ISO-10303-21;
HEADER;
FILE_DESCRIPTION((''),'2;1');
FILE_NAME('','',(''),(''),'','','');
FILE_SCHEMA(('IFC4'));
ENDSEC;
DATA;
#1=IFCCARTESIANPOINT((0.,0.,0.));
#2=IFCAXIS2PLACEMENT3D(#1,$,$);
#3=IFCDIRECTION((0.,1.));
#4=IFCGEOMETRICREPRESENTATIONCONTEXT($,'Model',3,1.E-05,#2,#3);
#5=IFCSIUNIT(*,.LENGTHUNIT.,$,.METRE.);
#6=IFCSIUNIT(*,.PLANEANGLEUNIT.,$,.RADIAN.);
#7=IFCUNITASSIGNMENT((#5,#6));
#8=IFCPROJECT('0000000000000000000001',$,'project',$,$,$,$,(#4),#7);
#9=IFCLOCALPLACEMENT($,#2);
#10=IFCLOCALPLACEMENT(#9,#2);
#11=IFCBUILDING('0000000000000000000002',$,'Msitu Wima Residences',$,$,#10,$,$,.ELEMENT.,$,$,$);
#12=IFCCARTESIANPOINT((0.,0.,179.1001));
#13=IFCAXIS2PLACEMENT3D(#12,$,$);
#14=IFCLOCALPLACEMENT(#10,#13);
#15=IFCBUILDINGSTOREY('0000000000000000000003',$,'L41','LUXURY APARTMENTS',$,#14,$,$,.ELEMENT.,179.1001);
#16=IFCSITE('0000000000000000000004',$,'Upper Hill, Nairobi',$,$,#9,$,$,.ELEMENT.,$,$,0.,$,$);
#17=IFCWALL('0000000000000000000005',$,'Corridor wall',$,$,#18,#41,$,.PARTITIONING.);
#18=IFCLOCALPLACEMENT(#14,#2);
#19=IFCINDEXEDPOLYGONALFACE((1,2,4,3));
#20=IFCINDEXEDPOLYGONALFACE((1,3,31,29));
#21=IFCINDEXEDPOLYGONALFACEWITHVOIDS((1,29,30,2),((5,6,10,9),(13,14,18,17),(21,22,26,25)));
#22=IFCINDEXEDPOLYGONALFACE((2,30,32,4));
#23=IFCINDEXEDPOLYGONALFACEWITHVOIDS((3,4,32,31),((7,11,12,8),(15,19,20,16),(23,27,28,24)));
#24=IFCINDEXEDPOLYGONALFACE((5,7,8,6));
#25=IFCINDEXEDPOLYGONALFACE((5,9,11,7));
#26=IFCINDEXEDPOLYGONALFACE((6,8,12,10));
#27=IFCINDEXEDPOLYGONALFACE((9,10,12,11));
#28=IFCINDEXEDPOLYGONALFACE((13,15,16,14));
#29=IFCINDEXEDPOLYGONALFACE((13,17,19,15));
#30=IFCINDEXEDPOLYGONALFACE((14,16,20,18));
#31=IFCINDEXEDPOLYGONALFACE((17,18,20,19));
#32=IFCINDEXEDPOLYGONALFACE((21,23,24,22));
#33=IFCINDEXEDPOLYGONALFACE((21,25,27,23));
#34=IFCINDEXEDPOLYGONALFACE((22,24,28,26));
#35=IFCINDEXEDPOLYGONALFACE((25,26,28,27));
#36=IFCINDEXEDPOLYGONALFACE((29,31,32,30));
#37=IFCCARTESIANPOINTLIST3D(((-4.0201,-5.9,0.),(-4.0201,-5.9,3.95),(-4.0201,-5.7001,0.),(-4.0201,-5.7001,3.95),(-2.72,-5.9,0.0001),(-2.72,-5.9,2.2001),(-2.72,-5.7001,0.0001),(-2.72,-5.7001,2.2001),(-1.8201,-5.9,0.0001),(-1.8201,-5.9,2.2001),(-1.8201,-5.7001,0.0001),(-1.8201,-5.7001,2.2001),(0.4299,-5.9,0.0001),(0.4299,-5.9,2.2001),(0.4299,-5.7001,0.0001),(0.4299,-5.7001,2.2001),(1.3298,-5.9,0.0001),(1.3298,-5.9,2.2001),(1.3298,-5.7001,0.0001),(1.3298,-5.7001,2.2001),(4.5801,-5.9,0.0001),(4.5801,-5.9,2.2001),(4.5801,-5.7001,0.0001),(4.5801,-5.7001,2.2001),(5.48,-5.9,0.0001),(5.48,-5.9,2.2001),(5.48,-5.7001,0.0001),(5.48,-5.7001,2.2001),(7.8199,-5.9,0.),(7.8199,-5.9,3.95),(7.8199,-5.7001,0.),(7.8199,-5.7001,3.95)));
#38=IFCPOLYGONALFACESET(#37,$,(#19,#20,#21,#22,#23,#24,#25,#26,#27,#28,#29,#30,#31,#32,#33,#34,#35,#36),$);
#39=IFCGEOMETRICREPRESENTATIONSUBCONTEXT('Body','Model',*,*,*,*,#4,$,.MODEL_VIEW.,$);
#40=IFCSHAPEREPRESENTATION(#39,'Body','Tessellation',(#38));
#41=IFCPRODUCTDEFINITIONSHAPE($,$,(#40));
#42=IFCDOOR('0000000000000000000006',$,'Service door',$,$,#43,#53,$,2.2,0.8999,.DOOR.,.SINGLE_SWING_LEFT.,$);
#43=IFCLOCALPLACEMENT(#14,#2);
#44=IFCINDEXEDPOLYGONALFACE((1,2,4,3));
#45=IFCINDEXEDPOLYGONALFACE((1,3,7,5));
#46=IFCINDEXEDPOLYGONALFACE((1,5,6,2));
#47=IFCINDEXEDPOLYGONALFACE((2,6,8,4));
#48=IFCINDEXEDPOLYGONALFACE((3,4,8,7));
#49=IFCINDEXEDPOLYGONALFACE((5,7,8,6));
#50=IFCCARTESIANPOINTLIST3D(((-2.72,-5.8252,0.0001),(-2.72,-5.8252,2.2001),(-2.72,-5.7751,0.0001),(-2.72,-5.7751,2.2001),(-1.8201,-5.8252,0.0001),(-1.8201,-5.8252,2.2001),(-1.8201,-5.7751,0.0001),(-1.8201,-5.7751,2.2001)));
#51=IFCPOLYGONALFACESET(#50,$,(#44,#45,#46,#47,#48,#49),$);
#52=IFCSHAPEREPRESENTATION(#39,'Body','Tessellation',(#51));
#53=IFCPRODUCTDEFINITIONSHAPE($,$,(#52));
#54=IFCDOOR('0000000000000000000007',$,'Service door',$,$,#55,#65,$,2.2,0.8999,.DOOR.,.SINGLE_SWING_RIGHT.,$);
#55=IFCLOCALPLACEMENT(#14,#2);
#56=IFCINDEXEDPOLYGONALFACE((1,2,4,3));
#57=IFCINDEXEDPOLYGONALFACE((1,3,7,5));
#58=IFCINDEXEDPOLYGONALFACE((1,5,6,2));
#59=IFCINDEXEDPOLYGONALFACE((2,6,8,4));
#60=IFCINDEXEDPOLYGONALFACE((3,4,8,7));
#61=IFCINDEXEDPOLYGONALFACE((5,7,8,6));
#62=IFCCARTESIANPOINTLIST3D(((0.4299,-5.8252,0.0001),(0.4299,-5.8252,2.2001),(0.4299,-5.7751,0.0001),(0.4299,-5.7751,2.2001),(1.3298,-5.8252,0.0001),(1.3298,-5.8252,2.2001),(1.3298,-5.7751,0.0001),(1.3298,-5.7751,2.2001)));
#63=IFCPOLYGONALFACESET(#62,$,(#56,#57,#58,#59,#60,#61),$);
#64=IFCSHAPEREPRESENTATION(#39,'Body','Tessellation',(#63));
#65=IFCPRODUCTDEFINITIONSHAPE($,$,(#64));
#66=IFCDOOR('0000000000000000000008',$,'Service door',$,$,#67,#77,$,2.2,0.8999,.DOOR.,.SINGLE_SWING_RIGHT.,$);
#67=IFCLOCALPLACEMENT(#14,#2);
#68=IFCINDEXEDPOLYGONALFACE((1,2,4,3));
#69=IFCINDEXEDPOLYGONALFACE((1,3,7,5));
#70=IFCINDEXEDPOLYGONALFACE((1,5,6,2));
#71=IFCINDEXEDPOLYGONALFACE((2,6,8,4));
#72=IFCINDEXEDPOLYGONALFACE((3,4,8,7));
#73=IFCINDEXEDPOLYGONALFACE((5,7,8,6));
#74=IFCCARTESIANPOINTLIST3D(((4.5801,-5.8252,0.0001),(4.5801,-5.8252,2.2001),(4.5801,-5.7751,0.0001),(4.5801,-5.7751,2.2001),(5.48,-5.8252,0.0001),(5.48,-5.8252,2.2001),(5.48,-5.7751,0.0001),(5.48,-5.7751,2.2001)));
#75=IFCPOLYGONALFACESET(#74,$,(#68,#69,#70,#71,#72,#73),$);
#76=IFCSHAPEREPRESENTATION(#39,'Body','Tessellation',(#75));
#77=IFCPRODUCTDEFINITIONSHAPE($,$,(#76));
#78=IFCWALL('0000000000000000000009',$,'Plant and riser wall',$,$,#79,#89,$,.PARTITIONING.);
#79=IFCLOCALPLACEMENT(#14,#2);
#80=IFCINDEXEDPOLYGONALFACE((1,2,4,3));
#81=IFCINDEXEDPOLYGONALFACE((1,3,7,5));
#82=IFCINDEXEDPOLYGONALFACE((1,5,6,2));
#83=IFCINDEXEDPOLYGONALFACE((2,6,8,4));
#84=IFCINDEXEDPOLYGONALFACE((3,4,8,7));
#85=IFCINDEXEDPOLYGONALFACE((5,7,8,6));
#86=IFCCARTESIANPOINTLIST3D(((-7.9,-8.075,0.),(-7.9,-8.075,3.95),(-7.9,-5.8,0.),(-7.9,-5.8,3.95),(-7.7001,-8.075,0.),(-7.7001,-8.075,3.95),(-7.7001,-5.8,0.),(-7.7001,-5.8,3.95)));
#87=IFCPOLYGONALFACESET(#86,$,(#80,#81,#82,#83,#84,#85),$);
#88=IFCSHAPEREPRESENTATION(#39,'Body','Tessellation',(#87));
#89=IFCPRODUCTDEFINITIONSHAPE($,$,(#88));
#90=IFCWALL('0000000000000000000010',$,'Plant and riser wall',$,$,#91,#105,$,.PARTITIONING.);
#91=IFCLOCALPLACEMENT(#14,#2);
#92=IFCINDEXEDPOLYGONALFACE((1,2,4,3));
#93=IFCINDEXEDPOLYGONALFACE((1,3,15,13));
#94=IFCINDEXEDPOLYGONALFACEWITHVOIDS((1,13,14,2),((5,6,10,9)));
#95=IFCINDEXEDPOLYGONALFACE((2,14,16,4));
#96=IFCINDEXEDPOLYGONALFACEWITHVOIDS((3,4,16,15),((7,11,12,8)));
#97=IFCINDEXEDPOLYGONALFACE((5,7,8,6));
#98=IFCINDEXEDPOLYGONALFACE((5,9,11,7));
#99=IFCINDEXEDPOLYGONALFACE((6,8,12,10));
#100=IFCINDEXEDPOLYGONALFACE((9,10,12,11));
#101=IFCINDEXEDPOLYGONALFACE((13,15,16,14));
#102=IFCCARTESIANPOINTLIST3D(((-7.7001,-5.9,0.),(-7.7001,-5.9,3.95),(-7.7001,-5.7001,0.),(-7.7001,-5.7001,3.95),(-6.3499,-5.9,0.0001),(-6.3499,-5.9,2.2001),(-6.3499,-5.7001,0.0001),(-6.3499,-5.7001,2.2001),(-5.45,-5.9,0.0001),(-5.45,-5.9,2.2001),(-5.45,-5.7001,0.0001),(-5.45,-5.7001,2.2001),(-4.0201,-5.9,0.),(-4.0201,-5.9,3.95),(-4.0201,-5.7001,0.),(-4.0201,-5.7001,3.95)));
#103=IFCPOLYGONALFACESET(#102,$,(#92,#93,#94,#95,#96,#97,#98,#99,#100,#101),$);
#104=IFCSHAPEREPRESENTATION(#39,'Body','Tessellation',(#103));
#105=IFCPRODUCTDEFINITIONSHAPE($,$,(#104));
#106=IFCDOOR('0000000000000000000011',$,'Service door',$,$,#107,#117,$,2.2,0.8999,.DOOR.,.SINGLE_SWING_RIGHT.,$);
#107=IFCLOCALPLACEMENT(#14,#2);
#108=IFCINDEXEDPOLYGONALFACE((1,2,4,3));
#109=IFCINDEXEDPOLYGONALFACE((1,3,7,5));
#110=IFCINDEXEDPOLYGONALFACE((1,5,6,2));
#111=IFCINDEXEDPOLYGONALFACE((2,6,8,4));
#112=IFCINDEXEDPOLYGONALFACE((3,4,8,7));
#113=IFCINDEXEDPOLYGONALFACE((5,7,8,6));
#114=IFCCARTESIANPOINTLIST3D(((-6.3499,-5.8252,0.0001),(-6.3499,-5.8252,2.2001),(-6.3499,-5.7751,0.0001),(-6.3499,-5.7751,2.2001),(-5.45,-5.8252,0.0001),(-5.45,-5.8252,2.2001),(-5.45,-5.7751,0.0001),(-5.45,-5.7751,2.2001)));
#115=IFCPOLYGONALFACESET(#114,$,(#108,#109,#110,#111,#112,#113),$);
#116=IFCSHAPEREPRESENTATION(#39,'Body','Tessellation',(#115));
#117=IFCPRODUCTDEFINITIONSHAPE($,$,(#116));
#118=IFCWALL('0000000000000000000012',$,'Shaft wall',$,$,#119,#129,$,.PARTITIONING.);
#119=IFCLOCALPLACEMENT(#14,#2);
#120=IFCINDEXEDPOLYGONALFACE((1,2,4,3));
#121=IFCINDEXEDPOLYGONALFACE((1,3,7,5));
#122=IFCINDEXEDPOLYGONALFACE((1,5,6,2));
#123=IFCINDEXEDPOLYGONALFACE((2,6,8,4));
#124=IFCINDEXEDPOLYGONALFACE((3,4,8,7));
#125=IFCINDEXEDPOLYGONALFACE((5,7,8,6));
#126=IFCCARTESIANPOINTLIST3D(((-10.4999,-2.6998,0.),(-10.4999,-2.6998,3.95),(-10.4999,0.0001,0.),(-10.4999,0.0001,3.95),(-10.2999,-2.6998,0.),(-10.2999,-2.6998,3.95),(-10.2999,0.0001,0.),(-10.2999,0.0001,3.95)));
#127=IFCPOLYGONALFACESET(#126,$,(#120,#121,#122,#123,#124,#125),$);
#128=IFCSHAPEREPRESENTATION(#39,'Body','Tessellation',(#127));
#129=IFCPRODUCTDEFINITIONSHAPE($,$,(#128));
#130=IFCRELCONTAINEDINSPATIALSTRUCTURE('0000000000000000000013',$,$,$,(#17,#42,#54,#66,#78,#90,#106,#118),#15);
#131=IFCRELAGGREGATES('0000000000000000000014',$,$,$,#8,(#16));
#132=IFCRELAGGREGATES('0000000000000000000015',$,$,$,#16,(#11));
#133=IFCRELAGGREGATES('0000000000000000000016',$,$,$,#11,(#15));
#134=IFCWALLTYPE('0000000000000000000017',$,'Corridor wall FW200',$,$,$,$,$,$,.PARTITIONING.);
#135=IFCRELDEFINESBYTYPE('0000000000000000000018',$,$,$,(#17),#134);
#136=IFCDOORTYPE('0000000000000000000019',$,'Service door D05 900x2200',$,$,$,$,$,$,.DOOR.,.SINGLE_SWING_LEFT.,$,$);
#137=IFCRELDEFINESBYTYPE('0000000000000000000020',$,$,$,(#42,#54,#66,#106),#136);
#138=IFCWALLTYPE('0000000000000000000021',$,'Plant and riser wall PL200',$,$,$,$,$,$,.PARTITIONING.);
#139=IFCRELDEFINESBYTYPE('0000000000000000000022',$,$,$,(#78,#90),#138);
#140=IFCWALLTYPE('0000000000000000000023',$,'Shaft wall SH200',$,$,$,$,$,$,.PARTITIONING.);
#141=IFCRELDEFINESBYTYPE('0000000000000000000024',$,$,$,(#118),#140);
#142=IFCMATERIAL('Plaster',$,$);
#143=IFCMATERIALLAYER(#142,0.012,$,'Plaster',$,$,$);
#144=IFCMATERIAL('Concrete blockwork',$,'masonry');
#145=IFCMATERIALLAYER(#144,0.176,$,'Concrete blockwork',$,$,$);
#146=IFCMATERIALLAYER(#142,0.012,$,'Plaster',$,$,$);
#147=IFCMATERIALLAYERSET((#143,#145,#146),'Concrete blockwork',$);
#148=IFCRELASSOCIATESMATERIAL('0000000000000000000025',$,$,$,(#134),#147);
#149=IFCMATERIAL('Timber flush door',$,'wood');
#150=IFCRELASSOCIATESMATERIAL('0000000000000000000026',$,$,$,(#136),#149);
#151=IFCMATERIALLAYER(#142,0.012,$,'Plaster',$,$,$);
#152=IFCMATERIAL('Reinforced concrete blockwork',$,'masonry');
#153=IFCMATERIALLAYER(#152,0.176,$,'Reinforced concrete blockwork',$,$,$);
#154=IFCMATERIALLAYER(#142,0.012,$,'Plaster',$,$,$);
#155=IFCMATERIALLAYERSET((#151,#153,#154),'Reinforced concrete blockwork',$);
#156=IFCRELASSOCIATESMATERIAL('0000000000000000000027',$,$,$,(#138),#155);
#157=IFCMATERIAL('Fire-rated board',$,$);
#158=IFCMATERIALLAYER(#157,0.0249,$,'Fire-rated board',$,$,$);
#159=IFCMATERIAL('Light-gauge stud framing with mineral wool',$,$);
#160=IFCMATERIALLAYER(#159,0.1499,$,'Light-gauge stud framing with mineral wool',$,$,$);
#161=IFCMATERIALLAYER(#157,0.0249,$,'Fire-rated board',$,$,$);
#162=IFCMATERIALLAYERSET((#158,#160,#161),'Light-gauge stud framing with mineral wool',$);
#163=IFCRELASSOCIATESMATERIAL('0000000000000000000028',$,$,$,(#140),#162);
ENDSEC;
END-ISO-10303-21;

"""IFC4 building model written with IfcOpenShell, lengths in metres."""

from ifc_helpers import new_model, si_unit, direction, frame, frame_2d, origin, place, context, subcontext, project, spatial, rectangle, extrude, material, layer, layer_set, type_object, element, fill, save


model = new_model("IFC4")

# Units and contexts
model_context = context("Model", 3, precision=1e-05, world=origin(), true_north=direction((0.0, 1.0)))
body_context = subcontext(model_context, "Body", "Model", "MODEL_VIEW")
ifc_project = project(units=[si_unit("LENGTHUNIT", "METRE"), si_unit("PLANEANGLEUNIT", "RADIAN")], contexts=[model_context])

# Site, building, storey
site_placement = place(None, origin())
site = spatial("IfcSite", under=ifc_project, at=site_placement, Name="Upper Hill, Nairobi", CompositionType="ELEMENT", RefElevation=0.0)
building_placement = place(site_placement, origin())
building = spatial("IfcBuilding", under=site, at=building_placement, Name="Msitu Wima Residences", CompositionType="ELEMENT")
storey_placement = place(building_placement, frame((0.0, 0.0, 179.1001)))
storey = spatial("IfcBuildingStorey", under=building, at=storey_placement, Name="L41", Description="LUXURY APARTMENTS", CompositionType="ELEMENT", Elevation=179.1001)

# Shared definitions
ifc_material_1 = material(Name="Plaster")
ifc_layer_1 = layer(ifc_material_1, 0.012, Name="Plaster")
ifc_material_2 = material(Name="Concrete blockwork", Category="masonry")
ifc_layer_2 = layer(ifc_material_2, 0.176, Name="Concrete blockwork")
ifc_layer_3 = layer(ifc_material_1, 0.012, Name="Plaster")
ifc_layer_set_1 = layer_set([ifc_layer_1, ifc_layer_2, ifc_layer_3], Name="Concrete blockwork")
wall_type_1 = type_object("IfcWallType", Name="Corridor wall FW200", PredefinedType="PARTITIONING", material=ifc_layer_set_1)

# Wall, openings, doors
wall_1_placement = place(storey_placement, frame((-4.02, -5.8, 0.0), z_axis=(0.0, 0.0, 1.0), x_axis=(1.0, 0.0, 0.0)))
wall_1 = element("IfcWall", 1, at=wall_1_placement, inside=storey, type_object=wall_type_1, Name="Corridor wall", PredefinedType="PARTITIONING", context=body_context, shape_type="SweptSolid", body=[
    extrude(rectangle(XDim=11.8401, YDim=0.2, at=frame_2d((5.9199, 0.0))), origin(), (0.0, 0.0, 1.0), 3.95),
])
opening_1_placement = place(wall_1_placement, frame((1.3, 0.0, 0.0)))
opening_1 = element("IfcOpeningElement", 2, at=opening_1_placement, cuts=wall_1, PredefinedType="OPENING", context=body_context, shape_type="SweptSolid", body=[
    extrude(rectangle(XDim=0.8999, YDim=2.2, at=frame_2d((0.45, 1.1001))), frame((0.0, 0.1099, 0.0), z_axis=(0.0, -1.0, 0.0), x_axis=(1.0, 0.0, 0.0)), (0.0, 0.0, 1.0), 0.22),
])
opening_2_placement = place(wall_1_placement, frame((4.45, 0.0, 0.0)))
opening_2 = element("IfcOpeningElement", 3, at=opening_2_placement, cuts=wall_1, PredefinedType="OPENING", context=body_context, shape_type="SweptSolid", body=[
    extrude(rectangle(XDim=0.8999, YDim=2.2, at=frame_2d((0.45, 1.1001))), frame((0.0, 0.1099, 0.0), z_axis=(0.0, -1.0, 0.0), x_axis=(1.0, 0.0, 0.0)), (0.0, 0.0, 1.0), 0.22),
])
opening_3_placement = place(wall_1_placement, frame((8.6001, 0.0, 0.0)))
opening_3 = element("IfcOpeningElement", 4, at=opening_3_placement, cuts=wall_1, PredefinedType="OPENING", context=body_context, shape_type="SweptSolid", body=[
    extrude(rectangle(XDim=0.8999, YDim=2.2, at=frame_2d((0.45, 1.1001))), frame((0.0, 0.1099, 0.0), z_axis=(0.0, -1.0, 0.0), x_axis=(1.0, 0.0, 0.0)), (0.0, 0.0, 1.0), 0.22),
])
ifc_material_3 = material(Name="Timber flush door", Category="wood")
door_type_1 = type_object("IfcDoorType", Name="Service door D05 900x2200", OperationType="SINGLE_SWING_LEFT", PredefinedType="DOOR", material=ifc_material_3)
door_1_placement = place(opening_1_placement, origin())
door_1 = element("IfcDoor", 5, at=door_1_placement, inside=storey, type_object=door_type_1, Name="Service door", OperationType="SINGLE_SWING_LEFT", OverallHeight=2.2, OverallWidth=0.8999, PredefinedType="DOOR", context=body_context, shape_type="SweptSolid", body=[
    extrude(rectangle(XDim=0.8999, YDim=2.2, at=frame_2d((0.45, 1.1001))), frame((0.0, 0.0249, 0.0), z_axis=(0.0, -1.0, 0.0), x_axis=(1.0, 0.0, 0.0)), (0.0, 0.0, 1.0), 0.05),
])
fill(opening_1, door_1)
door_2_placement = place(opening_2_placement, origin())
door_2 = element("IfcDoor", 6, at=door_2_placement, inside=storey, type_object=door_type_1, Name="Service door", OperationType="SINGLE_SWING_RIGHT", OverallHeight=2.2, OverallWidth=0.8999, PredefinedType="DOOR", context=body_context, shape_type="SweptSolid", body=[
    extrude(rectangle(XDim=0.8999, YDim=2.2, at=frame_2d((0.45, 1.1001))), frame((0.0, 0.0249, 0.0), z_axis=(0.0, -1.0, 0.0), x_axis=(1.0, 0.0, 0.0)), (0.0, 0.0, 1.0), 0.05),
])
fill(opening_2, door_2)
door_3_placement = place(opening_3_placement, origin())
door_3 = element("IfcDoor", 7, at=door_3_placement, inside=storey, type_object=door_type_1, Name="Service door", OperationType="SINGLE_SWING_RIGHT", OverallHeight=2.2, OverallWidth=0.8999, PredefinedType="DOOR", context=body_context, shape_type="SweptSolid", body=[
    extrude(rectangle(XDim=0.8999, YDim=2.2, at=frame_2d((0.45, 1.1001))), frame((0.0, 0.0249, 0.0), z_axis=(0.0, -1.0, 0.0), x_axis=(1.0, 0.0, 0.0)), (0.0, 0.0, 1.0), 0.05),
])
fill(opening_3, door_3)

# Wall
ifc_layer_4 = layer(ifc_material_1, 0.012, Name="Plaster")
ifc_material_4 = material(Name="Reinforced concrete blockwork", Category="masonry")
ifc_layer_5 = layer(ifc_material_4, 0.176, Name="Reinforced concrete blockwork")
ifc_layer_6 = layer(ifc_material_1, 0.012, Name="Plaster")
ifc_layer_set_2 = layer_set([ifc_layer_4, ifc_layer_5, ifc_layer_6], Name="Reinforced concrete blockwork")
wall_type_2 = type_object("IfcWallType", Name="Plant and riser wall PL200", PredefinedType="PARTITIONING", material=ifc_layer_set_2)
wall_2_placement = place(storey_placement, frame((-7.8, -8.075, 0.0), z_axis=(0.0, 0.0, 1.0), x_axis=(0.0, 1.0, 0.0)))
element("IfcWall", 8, at=wall_2_placement, inside=storey, type_object=wall_type_2, Name="Plant and riser wall", PredefinedType="PARTITIONING", context=body_context, shape_type="SweptSolid", body=[
    extrude(rectangle(XDim=2.2749, YDim=0.2, at=frame_2d((1.1375, 0.0))), origin(), (0.0, 0.0, 1.0), 3.95),
])

# Wall, opening, door
wall_3_placement = place(storey_placement, frame((-7.7, -5.8, 0.0), z_axis=(0.0, 0.0, 1.0), x_axis=(1.0, 0.0, 0.0)))
wall_3 = element("IfcWall", 9, at=wall_3_placement, inside=storey, type_object=wall_type_2, Name="Plant and riser wall", PredefinedType="PARTITIONING", context=body_context, shape_type="SweptSolid", body=[
    extrude(rectangle(XDim=3.6799, YDim=0.2, at=frame_2d((1.8398, 0.0))), origin(), (0.0, 0.0, 1.0), 3.95),
])
opening_4_placement = place(wall_3_placement, frame((1.3501, 0.0, 0.0)))
opening_4 = element("IfcOpeningElement", 10, at=opening_4_placement, cuts=wall_3, PredefinedType="OPENING", context=body_context, shape_type="SweptSolid", body=[
    extrude(rectangle(XDim=0.8999, YDim=2.2, at=frame_2d((0.45, 1.1001))), frame((0.0, 0.1099, 0.0), z_axis=(0.0, -1.0, 0.0), x_axis=(1.0, 0.0, 0.0)), (0.0, 0.0, 1.0), 0.22),
])
door_4_placement = place(opening_4_placement, origin())
door_4 = element("IfcDoor", 11, at=door_4_placement, inside=storey, type_object=door_type_1, Name="Service door", OperationType="SINGLE_SWING_RIGHT", OverallHeight=2.2, OverallWidth=0.8999, PredefinedType="DOOR", context=body_context, shape_type="SweptSolid", body=[
    extrude(rectangle(XDim=0.8999, YDim=2.2, at=frame_2d((0.45, 1.1001))), frame((0.0, 0.0249, 0.0), z_axis=(0.0, -1.0, 0.0), x_axis=(1.0, 0.0, 0.0)), (0.0, 0.0, 1.0), 0.05),
])
fill(opening_4, door_4)

# Wall
ifc_material_5 = material(Name="Fire-rated board")
ifc_layer_7 = layer(ifc_material_5, 0.0249, Name="Fire-rated board")
ifc_material_6 = material(Name="Light-gauge stud framing with mineral wool")
ifc_layer_8 = layer(ifc_material_6, 0.1499, Name="Light-gauge stud framing with mineral wool")
ifc_layer_9 = layer(ifc_material_5, 0.0249, Name="Fire-rated board")
ifc_layer_set_3 = layer_set([ifc_layer_7, ifc_layer_8, ifc_layer_9], Name="Light-gauge stud framing with mineral wool")
wall_type_3 = type_object("IfcWallType", Name="Shaft wall SH200", PredefinedType="PARTITIONING", material=ifc_layer_set_3)
wall_4_placement = place(storey_placement, frame((-10.3999, -2.7, 0.0), z_axis=(0.0, 0.0, 1.0), x_axis=(0.0, 1.0, 0.0)))
element("IfcWall", 12, at=wall_4_placement, inside=storey, type_object=wall_type_3, Name="Shaft wall", PredefinedType="PARTITIONING", context=body_context, shape_type="SweptSolid", body=[
    extrude(rectangle(XDim=2.7, YDim=0.2, at=frame_2d((1.3501, 0.0))), origin(), (0.0, 0.0, 1.0), 3.95),
])

save(model, "model.ifc")
